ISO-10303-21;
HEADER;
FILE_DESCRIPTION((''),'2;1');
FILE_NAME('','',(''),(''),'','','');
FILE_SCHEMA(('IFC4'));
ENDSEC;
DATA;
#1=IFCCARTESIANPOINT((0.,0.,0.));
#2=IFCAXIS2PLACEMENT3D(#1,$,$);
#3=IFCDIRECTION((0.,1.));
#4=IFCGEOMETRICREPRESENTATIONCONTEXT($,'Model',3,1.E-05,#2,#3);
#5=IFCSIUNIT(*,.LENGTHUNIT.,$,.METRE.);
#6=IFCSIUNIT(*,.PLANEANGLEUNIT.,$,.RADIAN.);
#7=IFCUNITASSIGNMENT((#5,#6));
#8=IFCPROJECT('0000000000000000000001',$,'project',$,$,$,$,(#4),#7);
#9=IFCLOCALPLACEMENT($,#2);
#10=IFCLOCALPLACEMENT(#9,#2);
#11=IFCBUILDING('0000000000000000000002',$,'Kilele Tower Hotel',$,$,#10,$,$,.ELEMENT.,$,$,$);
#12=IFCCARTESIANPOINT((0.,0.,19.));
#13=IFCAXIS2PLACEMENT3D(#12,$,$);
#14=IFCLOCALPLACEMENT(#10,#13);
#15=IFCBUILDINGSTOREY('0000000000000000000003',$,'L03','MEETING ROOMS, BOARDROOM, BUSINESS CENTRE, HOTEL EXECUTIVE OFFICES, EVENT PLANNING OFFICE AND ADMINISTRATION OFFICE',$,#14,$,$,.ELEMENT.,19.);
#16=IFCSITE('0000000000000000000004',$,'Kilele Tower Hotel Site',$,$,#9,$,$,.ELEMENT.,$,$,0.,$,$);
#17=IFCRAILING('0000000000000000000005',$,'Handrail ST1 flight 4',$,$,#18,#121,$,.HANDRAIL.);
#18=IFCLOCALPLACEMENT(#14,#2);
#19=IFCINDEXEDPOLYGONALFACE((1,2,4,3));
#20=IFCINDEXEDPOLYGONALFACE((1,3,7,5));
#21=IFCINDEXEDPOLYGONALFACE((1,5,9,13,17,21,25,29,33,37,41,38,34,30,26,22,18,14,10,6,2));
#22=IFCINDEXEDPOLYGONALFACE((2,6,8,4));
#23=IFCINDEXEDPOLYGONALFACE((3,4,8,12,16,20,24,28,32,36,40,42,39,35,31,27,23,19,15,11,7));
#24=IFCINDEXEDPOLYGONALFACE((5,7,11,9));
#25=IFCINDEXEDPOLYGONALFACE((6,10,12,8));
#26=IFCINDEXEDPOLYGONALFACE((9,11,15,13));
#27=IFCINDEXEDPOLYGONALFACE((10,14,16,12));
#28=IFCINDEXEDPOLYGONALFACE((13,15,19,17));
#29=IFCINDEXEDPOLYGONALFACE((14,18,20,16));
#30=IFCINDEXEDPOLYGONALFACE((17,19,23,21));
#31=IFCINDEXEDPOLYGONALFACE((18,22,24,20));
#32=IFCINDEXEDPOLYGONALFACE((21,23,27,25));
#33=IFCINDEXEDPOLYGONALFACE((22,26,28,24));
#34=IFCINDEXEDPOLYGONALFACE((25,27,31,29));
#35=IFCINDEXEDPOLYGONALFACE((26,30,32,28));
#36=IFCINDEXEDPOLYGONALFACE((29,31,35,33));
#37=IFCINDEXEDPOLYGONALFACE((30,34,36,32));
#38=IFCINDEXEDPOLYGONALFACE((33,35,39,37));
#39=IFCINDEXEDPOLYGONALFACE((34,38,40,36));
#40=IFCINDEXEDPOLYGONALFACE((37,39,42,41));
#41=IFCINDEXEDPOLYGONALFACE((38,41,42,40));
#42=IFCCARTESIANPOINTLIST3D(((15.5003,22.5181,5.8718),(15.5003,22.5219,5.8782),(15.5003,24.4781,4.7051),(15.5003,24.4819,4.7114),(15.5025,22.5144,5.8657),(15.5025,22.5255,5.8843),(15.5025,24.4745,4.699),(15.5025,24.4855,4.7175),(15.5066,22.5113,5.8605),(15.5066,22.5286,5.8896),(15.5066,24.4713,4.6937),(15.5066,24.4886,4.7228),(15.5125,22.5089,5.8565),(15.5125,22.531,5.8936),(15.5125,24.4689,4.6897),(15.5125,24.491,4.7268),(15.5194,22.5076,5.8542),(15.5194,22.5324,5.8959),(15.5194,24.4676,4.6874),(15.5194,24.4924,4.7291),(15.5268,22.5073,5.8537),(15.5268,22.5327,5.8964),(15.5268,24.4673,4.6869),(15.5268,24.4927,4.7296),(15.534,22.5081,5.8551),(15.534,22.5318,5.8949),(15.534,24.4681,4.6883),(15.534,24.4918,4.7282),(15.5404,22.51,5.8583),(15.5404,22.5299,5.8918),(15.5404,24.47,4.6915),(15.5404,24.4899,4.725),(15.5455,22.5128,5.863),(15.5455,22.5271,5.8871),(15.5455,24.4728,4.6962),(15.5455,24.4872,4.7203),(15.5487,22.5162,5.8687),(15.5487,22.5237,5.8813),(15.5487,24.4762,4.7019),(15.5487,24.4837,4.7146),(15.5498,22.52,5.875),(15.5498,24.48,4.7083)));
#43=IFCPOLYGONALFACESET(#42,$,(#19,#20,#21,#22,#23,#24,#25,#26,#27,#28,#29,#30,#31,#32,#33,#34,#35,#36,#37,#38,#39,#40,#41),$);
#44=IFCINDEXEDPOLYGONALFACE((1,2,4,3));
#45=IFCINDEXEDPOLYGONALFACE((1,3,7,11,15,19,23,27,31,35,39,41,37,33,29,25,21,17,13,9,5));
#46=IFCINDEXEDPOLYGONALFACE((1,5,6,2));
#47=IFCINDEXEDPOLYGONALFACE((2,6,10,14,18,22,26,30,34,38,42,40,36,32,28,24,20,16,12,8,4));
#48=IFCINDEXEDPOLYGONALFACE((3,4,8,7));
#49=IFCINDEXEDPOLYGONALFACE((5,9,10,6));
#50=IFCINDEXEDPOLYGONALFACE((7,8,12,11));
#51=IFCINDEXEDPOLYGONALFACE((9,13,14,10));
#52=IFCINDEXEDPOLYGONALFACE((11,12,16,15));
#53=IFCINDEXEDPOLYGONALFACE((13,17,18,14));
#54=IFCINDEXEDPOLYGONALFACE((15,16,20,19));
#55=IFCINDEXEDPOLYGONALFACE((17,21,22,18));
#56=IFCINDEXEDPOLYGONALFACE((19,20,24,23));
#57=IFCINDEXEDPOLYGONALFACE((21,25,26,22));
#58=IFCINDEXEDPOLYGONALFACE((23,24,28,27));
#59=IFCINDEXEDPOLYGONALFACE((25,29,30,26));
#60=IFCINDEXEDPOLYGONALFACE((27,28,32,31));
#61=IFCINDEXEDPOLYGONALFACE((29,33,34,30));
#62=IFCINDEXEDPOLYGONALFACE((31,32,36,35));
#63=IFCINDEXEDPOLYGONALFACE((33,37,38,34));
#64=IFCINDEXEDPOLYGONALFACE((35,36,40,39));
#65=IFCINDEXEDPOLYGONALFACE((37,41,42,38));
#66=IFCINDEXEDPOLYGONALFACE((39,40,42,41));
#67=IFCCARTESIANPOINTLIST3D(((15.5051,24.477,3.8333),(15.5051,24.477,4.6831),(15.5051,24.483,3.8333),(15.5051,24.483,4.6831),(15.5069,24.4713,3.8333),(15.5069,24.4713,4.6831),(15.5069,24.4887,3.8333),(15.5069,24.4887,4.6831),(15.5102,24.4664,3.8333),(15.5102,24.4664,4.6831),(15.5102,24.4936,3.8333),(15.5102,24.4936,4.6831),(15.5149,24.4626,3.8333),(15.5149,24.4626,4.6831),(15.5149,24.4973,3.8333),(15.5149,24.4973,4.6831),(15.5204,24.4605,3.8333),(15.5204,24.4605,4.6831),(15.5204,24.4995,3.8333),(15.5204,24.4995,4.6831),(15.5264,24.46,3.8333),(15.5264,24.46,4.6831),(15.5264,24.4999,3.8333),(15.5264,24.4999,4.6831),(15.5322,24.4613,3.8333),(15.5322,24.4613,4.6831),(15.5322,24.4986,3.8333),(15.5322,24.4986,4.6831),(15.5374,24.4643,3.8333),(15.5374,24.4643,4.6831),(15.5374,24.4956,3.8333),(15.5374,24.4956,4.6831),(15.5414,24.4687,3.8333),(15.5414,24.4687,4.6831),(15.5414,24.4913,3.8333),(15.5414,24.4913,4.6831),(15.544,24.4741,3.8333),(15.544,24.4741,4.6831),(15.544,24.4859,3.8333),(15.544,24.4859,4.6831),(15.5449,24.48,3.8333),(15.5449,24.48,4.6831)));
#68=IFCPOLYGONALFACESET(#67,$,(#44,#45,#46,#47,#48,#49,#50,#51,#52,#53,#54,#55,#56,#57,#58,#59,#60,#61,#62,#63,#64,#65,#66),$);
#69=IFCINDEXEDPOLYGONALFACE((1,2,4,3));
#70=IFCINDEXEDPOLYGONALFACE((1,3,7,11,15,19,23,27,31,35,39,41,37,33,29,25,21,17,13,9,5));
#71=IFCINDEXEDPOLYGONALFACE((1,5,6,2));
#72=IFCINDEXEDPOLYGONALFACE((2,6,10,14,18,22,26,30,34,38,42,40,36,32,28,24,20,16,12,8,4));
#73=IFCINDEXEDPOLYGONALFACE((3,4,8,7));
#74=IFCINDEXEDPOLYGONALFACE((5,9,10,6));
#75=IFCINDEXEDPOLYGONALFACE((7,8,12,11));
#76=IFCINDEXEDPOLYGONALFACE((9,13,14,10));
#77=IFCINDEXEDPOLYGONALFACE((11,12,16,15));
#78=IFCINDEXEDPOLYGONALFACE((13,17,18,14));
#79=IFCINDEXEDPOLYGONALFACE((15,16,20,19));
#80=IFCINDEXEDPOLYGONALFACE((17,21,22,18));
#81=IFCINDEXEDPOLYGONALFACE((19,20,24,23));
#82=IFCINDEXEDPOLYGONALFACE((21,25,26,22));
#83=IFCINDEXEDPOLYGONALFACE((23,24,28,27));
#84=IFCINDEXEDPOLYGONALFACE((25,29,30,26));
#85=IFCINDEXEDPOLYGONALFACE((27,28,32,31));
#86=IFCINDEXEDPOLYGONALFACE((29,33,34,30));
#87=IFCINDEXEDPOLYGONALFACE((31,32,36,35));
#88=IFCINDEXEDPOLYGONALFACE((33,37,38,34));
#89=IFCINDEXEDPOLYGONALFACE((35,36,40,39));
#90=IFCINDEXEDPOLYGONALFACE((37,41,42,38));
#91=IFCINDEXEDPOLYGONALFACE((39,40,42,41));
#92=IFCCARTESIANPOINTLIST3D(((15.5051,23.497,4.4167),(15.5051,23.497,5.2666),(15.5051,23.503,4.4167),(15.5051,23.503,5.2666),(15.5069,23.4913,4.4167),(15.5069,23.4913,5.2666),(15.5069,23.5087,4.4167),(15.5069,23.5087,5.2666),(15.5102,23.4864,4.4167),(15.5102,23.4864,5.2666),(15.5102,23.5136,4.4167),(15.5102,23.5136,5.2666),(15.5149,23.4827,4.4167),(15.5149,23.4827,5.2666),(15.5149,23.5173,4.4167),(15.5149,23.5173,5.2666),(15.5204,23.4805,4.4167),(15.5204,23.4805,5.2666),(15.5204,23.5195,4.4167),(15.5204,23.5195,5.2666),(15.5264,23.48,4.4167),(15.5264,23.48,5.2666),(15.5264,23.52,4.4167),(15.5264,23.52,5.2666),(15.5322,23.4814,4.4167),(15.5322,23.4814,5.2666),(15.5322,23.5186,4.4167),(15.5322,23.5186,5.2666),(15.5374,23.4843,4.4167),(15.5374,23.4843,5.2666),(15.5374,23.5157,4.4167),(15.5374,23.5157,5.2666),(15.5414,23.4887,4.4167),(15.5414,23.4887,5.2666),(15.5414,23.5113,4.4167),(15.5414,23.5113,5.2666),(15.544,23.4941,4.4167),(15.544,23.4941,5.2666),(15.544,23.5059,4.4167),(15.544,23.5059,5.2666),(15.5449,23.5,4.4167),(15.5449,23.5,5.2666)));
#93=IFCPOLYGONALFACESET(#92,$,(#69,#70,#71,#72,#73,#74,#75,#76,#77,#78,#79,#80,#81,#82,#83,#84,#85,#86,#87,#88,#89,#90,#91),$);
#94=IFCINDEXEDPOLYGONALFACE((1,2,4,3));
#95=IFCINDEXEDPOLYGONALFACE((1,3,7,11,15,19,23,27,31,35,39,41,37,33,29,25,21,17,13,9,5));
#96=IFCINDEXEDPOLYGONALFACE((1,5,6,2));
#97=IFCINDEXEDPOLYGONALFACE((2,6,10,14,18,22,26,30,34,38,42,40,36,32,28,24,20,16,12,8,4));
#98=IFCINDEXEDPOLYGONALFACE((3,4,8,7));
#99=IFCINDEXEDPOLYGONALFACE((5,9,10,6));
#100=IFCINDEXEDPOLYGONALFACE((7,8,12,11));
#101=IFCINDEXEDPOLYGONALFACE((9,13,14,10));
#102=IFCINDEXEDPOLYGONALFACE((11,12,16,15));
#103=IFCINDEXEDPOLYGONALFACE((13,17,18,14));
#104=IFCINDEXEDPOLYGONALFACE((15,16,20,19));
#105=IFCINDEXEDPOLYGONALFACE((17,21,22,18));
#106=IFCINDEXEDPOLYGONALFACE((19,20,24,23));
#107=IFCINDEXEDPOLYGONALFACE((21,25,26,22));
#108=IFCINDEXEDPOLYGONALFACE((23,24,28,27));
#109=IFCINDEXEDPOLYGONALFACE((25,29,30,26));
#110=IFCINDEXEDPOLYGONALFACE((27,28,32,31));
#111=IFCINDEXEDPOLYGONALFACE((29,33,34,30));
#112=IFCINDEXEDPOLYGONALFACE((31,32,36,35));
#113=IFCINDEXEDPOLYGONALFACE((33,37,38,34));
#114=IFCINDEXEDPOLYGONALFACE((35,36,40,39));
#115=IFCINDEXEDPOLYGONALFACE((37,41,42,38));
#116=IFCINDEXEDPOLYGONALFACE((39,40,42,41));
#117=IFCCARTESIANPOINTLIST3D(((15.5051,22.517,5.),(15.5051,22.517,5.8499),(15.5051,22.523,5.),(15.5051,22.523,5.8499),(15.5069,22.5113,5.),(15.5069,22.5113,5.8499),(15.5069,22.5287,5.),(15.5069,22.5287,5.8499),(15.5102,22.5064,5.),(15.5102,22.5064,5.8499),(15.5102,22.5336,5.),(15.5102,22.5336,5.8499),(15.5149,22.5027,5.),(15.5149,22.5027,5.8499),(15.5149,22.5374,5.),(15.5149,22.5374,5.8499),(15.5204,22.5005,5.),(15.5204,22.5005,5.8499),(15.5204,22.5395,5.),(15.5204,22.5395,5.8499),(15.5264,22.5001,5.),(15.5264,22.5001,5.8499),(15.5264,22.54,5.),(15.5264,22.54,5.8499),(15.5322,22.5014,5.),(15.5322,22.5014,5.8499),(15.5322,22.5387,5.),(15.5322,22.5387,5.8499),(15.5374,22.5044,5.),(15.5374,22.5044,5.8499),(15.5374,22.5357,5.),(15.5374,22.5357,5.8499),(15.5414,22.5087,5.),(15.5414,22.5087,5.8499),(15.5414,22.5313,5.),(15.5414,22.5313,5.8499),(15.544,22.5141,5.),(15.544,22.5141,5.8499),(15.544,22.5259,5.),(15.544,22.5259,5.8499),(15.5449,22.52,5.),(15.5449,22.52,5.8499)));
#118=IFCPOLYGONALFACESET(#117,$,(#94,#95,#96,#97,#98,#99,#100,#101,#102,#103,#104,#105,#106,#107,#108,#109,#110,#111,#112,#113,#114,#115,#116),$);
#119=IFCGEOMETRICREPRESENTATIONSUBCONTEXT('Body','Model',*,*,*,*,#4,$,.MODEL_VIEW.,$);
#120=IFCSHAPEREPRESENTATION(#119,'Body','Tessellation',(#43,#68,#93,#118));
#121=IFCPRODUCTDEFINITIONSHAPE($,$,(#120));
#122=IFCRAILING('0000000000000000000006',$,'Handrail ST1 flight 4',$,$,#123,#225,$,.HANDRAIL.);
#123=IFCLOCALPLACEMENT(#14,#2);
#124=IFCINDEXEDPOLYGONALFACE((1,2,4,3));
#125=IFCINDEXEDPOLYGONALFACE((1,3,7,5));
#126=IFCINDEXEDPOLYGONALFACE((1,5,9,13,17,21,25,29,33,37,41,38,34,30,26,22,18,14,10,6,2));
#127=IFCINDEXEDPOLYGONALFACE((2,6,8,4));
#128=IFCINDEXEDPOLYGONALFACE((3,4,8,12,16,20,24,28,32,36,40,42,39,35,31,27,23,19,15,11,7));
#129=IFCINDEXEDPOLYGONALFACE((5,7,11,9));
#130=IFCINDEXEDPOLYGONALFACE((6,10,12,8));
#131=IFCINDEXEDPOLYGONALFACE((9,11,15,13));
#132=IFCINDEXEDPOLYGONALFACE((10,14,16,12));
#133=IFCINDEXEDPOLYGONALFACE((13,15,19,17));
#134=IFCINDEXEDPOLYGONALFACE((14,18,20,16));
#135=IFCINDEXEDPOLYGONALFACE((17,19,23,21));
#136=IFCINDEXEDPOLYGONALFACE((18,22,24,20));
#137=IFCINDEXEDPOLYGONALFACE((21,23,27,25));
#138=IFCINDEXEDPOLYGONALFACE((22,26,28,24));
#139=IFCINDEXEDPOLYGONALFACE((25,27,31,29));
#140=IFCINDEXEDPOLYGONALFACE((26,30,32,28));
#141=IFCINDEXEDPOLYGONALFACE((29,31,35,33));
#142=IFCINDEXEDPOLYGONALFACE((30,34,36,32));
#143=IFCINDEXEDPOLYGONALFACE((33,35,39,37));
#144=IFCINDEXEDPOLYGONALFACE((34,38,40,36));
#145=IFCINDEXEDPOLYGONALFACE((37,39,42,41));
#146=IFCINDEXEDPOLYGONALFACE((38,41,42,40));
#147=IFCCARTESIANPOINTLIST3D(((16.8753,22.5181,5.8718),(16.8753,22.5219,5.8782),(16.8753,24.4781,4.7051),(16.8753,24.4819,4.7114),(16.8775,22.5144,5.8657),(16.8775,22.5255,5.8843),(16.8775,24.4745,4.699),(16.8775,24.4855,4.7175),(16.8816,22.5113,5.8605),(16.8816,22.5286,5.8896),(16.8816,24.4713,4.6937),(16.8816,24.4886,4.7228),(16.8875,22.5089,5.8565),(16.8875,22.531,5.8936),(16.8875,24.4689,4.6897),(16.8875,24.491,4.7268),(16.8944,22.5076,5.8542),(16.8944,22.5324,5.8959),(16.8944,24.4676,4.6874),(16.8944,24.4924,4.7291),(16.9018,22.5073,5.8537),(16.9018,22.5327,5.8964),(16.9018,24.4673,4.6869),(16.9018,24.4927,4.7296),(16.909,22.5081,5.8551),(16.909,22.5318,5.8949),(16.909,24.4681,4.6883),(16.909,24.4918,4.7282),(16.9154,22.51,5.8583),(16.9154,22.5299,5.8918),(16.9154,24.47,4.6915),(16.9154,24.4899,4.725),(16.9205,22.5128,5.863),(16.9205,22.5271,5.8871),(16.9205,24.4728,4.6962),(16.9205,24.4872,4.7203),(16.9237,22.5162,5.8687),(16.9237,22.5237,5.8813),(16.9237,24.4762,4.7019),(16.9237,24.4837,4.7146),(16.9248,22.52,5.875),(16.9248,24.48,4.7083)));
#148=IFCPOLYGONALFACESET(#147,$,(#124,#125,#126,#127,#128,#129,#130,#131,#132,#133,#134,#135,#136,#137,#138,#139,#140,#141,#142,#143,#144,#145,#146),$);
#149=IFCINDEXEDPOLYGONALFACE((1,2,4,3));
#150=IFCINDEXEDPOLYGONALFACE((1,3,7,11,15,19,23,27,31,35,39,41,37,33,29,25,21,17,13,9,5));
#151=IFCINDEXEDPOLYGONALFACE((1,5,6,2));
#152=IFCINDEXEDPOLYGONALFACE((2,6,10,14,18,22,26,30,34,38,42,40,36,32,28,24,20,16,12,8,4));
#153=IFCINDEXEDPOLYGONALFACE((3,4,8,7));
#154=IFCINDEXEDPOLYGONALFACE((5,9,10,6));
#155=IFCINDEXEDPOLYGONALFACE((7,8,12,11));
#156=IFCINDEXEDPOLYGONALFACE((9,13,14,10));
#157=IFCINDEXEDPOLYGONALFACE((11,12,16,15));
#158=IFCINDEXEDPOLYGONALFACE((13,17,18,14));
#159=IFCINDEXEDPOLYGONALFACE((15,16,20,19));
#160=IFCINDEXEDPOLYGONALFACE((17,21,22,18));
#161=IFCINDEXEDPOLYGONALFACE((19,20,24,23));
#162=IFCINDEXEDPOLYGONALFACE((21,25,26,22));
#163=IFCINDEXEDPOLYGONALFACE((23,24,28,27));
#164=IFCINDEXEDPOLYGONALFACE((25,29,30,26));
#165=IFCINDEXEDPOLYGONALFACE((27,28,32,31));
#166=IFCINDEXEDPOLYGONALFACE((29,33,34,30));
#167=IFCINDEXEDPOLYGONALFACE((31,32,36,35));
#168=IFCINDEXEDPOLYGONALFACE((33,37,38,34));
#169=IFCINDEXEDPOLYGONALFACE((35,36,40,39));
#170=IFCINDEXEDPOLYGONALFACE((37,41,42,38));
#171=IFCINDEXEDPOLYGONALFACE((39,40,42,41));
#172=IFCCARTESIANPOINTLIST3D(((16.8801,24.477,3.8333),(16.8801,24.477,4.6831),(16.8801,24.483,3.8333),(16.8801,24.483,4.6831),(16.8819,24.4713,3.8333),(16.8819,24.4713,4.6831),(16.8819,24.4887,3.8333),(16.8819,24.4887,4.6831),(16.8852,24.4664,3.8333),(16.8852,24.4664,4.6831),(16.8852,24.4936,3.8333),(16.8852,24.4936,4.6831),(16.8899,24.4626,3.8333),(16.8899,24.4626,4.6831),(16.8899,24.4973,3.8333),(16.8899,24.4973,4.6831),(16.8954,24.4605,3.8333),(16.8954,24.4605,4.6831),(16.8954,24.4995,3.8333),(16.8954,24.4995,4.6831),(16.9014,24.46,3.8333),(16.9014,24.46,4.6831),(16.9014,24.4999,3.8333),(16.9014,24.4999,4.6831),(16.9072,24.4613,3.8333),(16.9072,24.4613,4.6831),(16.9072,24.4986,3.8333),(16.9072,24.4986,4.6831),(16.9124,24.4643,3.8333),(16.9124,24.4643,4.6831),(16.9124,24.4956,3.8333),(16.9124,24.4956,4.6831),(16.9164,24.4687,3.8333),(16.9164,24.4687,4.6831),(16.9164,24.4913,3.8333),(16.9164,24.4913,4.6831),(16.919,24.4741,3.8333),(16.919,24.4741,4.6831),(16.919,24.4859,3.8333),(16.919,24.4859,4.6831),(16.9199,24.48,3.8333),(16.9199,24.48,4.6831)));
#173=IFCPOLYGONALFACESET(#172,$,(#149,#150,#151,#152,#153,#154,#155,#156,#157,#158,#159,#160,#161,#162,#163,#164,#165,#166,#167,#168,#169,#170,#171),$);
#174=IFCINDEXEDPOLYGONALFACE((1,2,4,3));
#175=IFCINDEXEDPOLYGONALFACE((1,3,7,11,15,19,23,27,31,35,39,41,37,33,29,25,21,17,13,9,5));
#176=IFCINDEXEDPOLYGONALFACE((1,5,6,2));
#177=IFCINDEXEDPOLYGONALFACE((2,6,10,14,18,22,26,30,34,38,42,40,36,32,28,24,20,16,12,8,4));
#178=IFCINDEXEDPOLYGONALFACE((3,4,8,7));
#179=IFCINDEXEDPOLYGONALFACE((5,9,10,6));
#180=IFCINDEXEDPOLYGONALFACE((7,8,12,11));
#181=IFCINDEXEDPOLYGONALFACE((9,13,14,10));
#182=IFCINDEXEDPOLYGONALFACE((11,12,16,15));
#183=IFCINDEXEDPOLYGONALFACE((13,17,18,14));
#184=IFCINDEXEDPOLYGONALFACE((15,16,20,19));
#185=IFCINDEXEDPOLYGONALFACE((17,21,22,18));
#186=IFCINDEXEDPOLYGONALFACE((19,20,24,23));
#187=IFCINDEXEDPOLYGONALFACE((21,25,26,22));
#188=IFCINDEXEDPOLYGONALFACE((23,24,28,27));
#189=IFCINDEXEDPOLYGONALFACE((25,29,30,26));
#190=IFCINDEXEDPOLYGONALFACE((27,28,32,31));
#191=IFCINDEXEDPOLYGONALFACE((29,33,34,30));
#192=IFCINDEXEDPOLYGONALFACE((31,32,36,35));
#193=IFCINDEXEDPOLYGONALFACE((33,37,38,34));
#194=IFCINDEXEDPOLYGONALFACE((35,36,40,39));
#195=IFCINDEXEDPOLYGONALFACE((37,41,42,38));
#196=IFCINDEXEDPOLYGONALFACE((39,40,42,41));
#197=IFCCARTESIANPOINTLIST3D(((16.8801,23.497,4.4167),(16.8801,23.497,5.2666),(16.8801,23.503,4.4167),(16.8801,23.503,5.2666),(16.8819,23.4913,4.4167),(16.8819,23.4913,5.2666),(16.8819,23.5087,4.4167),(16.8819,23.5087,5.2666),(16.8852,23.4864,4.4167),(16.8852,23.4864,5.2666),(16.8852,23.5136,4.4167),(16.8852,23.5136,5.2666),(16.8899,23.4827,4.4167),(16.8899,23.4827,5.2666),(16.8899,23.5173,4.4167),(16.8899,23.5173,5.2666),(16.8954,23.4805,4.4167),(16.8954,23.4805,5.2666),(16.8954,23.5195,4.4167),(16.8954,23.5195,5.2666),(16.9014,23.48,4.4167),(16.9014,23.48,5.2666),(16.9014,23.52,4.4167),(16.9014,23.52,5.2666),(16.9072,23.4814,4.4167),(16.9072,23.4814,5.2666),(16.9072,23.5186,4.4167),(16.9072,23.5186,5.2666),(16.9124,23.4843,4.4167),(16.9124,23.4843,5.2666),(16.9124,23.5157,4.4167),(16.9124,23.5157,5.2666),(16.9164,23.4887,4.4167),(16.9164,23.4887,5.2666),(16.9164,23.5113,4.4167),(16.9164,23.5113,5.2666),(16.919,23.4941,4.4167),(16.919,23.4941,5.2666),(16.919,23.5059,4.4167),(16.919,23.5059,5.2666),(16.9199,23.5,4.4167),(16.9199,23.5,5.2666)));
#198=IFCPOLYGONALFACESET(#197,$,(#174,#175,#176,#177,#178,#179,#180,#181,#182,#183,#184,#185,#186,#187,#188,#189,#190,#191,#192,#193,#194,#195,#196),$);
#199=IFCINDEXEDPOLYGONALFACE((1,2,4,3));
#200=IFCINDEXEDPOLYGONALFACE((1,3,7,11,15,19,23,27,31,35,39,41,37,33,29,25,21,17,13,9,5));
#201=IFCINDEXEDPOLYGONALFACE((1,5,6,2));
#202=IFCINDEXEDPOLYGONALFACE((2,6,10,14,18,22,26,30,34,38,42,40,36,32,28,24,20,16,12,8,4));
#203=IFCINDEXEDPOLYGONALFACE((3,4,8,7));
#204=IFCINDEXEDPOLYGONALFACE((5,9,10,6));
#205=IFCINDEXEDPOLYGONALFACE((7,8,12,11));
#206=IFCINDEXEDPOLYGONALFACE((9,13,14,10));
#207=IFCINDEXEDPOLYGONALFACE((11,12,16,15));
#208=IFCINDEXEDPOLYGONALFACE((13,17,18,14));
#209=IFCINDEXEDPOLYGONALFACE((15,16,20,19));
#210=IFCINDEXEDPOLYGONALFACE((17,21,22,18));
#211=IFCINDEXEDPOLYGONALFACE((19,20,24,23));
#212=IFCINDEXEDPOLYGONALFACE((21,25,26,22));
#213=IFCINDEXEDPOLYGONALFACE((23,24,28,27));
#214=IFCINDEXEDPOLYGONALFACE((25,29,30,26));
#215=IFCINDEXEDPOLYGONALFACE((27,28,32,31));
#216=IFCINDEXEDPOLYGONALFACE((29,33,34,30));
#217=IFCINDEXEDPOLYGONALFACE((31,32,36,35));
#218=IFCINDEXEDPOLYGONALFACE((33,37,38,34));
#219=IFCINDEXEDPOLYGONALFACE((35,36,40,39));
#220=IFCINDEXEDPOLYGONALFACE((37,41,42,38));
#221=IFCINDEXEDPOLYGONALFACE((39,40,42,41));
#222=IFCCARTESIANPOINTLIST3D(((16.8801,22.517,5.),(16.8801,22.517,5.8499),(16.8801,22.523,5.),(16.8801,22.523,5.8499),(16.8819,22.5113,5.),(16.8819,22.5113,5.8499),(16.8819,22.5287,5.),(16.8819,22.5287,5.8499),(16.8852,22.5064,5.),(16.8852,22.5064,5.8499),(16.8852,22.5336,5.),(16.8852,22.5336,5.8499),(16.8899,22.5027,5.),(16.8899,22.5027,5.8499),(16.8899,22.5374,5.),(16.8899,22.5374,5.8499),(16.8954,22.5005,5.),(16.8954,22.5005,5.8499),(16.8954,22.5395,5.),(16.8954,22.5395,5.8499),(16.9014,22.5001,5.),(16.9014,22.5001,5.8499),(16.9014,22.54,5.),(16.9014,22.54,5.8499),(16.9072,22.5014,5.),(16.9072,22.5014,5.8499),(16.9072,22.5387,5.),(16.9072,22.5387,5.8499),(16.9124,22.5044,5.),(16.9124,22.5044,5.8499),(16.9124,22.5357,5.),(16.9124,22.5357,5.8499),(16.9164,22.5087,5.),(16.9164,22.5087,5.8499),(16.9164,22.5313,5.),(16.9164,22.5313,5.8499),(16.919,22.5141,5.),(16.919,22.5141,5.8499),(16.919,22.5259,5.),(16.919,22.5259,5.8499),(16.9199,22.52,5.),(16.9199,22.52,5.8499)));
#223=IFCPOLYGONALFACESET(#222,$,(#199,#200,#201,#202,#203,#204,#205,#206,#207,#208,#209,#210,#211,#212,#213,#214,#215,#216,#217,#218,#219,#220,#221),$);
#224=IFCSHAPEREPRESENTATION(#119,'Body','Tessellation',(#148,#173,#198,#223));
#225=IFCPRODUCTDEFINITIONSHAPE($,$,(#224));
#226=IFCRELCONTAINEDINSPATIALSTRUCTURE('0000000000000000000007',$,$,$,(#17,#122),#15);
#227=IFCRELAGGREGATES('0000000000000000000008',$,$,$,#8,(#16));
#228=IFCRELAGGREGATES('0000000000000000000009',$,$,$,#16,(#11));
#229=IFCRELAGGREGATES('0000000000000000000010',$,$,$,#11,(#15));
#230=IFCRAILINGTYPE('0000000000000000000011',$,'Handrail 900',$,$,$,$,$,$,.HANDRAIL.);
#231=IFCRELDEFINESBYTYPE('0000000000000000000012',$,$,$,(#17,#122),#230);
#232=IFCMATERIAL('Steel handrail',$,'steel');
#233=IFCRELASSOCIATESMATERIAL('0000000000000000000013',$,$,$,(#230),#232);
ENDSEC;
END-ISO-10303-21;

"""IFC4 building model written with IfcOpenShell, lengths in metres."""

from ifc_helpers import new_model, si_unit, direction, frame, origin, origin_2d, place, context, subcontext, project, spatial, circle, extrude, material, type_object, element, save


model = new_model("IFC4")

# Units and contexts
model_context = context("Model", 3, precision=1e-05, world=origin(), true_north=direction((0.0, 1.0)))
body_context = subcontext(model_context, "Body", "Model", "MODEL_VIEW")
ifc_project = project(units=[si_unit("LENGTHUNIT", "METRE"), si_unit("PLANEANGLEUNIT", "RADIAN")], contexts=[model_context])

# Site, building, storey
site_placement = place(None, origin())
site = spatial("IfcSite", under=ifc_project, at=site_placement, Name="Kilele Tower Hotel Site", CompositionType="ELEMENT", RefElevation=0.0)
building_placement = place(site_placement, origin())
building = spatial("IfcBuilding", under=site, at=building_placement, Name="Kilele Tower Hotel", CompositionType="ELEMENT")
storey_placement = place(building_placement, frame((0.0, 0.0, 19.0)))
storey = spatial("IfcBuildingStorey", under=building, at=storey_placement, Name="L03", Description="MEETING ROOMS, BOARDROOM, BUSINESS CENTRE, HOTEL EXECUTIVE OFFICES, EVENT PLANNING OFFICE AND ADMINISTRATION OFFICE", CompositionType="ELEMENT", Elevation=19.0)

# Railings
ifc_material_1 = material(Name="Steel handrail", Category="steel")
railing_type_1 = type_object("IfcRailingType", Name="Handrail 900", PredefinedType="HANDRAIL", material=ifc_material_1)
for number, where, name in (
    (1, (15.5249, 24.48, 3.8333), "Handrail ST1 flight 4"),
    (2, (16.8999, 24.48, 3.8333), "Handrail ST1 flight 4"),
):
    element("IfcRailing", number, at=place(storey_placement, frame(where)), inside=storey, type_object=railing_type_1, Name=name, PredefinedType="HANDRAIL", context=body_context, shape_type="SweptSolid", body=[
        extrude(circle(Radius=0.0249, at=origin_2d()), frame((0.0, 0.0, 0.875), z_axis=(0.0, -0.859273, 0.511518), x_axis=(1.0, 0.0, 0.0)), (0.0, 0.0, 1.0), 2.281),
        extrude(circle(Radius=0.02, at=origin_2d()), origin(), (0.0, 0.0, 1.0), 0.8499),
        extrude(circle(Radius=0.02, at=origin_2d()), frame((0.0, -0.98, 0.5835)), (0.0, 0.0, 1.0), 0.8499),
        extrude(circle(Radius=0.02, at=origin_2d()), frame((0.0, -1.96, 1.1667)), (0.0, 0.0, 1.0), 0.8499),
    ])

save(model, "model.ifc")
